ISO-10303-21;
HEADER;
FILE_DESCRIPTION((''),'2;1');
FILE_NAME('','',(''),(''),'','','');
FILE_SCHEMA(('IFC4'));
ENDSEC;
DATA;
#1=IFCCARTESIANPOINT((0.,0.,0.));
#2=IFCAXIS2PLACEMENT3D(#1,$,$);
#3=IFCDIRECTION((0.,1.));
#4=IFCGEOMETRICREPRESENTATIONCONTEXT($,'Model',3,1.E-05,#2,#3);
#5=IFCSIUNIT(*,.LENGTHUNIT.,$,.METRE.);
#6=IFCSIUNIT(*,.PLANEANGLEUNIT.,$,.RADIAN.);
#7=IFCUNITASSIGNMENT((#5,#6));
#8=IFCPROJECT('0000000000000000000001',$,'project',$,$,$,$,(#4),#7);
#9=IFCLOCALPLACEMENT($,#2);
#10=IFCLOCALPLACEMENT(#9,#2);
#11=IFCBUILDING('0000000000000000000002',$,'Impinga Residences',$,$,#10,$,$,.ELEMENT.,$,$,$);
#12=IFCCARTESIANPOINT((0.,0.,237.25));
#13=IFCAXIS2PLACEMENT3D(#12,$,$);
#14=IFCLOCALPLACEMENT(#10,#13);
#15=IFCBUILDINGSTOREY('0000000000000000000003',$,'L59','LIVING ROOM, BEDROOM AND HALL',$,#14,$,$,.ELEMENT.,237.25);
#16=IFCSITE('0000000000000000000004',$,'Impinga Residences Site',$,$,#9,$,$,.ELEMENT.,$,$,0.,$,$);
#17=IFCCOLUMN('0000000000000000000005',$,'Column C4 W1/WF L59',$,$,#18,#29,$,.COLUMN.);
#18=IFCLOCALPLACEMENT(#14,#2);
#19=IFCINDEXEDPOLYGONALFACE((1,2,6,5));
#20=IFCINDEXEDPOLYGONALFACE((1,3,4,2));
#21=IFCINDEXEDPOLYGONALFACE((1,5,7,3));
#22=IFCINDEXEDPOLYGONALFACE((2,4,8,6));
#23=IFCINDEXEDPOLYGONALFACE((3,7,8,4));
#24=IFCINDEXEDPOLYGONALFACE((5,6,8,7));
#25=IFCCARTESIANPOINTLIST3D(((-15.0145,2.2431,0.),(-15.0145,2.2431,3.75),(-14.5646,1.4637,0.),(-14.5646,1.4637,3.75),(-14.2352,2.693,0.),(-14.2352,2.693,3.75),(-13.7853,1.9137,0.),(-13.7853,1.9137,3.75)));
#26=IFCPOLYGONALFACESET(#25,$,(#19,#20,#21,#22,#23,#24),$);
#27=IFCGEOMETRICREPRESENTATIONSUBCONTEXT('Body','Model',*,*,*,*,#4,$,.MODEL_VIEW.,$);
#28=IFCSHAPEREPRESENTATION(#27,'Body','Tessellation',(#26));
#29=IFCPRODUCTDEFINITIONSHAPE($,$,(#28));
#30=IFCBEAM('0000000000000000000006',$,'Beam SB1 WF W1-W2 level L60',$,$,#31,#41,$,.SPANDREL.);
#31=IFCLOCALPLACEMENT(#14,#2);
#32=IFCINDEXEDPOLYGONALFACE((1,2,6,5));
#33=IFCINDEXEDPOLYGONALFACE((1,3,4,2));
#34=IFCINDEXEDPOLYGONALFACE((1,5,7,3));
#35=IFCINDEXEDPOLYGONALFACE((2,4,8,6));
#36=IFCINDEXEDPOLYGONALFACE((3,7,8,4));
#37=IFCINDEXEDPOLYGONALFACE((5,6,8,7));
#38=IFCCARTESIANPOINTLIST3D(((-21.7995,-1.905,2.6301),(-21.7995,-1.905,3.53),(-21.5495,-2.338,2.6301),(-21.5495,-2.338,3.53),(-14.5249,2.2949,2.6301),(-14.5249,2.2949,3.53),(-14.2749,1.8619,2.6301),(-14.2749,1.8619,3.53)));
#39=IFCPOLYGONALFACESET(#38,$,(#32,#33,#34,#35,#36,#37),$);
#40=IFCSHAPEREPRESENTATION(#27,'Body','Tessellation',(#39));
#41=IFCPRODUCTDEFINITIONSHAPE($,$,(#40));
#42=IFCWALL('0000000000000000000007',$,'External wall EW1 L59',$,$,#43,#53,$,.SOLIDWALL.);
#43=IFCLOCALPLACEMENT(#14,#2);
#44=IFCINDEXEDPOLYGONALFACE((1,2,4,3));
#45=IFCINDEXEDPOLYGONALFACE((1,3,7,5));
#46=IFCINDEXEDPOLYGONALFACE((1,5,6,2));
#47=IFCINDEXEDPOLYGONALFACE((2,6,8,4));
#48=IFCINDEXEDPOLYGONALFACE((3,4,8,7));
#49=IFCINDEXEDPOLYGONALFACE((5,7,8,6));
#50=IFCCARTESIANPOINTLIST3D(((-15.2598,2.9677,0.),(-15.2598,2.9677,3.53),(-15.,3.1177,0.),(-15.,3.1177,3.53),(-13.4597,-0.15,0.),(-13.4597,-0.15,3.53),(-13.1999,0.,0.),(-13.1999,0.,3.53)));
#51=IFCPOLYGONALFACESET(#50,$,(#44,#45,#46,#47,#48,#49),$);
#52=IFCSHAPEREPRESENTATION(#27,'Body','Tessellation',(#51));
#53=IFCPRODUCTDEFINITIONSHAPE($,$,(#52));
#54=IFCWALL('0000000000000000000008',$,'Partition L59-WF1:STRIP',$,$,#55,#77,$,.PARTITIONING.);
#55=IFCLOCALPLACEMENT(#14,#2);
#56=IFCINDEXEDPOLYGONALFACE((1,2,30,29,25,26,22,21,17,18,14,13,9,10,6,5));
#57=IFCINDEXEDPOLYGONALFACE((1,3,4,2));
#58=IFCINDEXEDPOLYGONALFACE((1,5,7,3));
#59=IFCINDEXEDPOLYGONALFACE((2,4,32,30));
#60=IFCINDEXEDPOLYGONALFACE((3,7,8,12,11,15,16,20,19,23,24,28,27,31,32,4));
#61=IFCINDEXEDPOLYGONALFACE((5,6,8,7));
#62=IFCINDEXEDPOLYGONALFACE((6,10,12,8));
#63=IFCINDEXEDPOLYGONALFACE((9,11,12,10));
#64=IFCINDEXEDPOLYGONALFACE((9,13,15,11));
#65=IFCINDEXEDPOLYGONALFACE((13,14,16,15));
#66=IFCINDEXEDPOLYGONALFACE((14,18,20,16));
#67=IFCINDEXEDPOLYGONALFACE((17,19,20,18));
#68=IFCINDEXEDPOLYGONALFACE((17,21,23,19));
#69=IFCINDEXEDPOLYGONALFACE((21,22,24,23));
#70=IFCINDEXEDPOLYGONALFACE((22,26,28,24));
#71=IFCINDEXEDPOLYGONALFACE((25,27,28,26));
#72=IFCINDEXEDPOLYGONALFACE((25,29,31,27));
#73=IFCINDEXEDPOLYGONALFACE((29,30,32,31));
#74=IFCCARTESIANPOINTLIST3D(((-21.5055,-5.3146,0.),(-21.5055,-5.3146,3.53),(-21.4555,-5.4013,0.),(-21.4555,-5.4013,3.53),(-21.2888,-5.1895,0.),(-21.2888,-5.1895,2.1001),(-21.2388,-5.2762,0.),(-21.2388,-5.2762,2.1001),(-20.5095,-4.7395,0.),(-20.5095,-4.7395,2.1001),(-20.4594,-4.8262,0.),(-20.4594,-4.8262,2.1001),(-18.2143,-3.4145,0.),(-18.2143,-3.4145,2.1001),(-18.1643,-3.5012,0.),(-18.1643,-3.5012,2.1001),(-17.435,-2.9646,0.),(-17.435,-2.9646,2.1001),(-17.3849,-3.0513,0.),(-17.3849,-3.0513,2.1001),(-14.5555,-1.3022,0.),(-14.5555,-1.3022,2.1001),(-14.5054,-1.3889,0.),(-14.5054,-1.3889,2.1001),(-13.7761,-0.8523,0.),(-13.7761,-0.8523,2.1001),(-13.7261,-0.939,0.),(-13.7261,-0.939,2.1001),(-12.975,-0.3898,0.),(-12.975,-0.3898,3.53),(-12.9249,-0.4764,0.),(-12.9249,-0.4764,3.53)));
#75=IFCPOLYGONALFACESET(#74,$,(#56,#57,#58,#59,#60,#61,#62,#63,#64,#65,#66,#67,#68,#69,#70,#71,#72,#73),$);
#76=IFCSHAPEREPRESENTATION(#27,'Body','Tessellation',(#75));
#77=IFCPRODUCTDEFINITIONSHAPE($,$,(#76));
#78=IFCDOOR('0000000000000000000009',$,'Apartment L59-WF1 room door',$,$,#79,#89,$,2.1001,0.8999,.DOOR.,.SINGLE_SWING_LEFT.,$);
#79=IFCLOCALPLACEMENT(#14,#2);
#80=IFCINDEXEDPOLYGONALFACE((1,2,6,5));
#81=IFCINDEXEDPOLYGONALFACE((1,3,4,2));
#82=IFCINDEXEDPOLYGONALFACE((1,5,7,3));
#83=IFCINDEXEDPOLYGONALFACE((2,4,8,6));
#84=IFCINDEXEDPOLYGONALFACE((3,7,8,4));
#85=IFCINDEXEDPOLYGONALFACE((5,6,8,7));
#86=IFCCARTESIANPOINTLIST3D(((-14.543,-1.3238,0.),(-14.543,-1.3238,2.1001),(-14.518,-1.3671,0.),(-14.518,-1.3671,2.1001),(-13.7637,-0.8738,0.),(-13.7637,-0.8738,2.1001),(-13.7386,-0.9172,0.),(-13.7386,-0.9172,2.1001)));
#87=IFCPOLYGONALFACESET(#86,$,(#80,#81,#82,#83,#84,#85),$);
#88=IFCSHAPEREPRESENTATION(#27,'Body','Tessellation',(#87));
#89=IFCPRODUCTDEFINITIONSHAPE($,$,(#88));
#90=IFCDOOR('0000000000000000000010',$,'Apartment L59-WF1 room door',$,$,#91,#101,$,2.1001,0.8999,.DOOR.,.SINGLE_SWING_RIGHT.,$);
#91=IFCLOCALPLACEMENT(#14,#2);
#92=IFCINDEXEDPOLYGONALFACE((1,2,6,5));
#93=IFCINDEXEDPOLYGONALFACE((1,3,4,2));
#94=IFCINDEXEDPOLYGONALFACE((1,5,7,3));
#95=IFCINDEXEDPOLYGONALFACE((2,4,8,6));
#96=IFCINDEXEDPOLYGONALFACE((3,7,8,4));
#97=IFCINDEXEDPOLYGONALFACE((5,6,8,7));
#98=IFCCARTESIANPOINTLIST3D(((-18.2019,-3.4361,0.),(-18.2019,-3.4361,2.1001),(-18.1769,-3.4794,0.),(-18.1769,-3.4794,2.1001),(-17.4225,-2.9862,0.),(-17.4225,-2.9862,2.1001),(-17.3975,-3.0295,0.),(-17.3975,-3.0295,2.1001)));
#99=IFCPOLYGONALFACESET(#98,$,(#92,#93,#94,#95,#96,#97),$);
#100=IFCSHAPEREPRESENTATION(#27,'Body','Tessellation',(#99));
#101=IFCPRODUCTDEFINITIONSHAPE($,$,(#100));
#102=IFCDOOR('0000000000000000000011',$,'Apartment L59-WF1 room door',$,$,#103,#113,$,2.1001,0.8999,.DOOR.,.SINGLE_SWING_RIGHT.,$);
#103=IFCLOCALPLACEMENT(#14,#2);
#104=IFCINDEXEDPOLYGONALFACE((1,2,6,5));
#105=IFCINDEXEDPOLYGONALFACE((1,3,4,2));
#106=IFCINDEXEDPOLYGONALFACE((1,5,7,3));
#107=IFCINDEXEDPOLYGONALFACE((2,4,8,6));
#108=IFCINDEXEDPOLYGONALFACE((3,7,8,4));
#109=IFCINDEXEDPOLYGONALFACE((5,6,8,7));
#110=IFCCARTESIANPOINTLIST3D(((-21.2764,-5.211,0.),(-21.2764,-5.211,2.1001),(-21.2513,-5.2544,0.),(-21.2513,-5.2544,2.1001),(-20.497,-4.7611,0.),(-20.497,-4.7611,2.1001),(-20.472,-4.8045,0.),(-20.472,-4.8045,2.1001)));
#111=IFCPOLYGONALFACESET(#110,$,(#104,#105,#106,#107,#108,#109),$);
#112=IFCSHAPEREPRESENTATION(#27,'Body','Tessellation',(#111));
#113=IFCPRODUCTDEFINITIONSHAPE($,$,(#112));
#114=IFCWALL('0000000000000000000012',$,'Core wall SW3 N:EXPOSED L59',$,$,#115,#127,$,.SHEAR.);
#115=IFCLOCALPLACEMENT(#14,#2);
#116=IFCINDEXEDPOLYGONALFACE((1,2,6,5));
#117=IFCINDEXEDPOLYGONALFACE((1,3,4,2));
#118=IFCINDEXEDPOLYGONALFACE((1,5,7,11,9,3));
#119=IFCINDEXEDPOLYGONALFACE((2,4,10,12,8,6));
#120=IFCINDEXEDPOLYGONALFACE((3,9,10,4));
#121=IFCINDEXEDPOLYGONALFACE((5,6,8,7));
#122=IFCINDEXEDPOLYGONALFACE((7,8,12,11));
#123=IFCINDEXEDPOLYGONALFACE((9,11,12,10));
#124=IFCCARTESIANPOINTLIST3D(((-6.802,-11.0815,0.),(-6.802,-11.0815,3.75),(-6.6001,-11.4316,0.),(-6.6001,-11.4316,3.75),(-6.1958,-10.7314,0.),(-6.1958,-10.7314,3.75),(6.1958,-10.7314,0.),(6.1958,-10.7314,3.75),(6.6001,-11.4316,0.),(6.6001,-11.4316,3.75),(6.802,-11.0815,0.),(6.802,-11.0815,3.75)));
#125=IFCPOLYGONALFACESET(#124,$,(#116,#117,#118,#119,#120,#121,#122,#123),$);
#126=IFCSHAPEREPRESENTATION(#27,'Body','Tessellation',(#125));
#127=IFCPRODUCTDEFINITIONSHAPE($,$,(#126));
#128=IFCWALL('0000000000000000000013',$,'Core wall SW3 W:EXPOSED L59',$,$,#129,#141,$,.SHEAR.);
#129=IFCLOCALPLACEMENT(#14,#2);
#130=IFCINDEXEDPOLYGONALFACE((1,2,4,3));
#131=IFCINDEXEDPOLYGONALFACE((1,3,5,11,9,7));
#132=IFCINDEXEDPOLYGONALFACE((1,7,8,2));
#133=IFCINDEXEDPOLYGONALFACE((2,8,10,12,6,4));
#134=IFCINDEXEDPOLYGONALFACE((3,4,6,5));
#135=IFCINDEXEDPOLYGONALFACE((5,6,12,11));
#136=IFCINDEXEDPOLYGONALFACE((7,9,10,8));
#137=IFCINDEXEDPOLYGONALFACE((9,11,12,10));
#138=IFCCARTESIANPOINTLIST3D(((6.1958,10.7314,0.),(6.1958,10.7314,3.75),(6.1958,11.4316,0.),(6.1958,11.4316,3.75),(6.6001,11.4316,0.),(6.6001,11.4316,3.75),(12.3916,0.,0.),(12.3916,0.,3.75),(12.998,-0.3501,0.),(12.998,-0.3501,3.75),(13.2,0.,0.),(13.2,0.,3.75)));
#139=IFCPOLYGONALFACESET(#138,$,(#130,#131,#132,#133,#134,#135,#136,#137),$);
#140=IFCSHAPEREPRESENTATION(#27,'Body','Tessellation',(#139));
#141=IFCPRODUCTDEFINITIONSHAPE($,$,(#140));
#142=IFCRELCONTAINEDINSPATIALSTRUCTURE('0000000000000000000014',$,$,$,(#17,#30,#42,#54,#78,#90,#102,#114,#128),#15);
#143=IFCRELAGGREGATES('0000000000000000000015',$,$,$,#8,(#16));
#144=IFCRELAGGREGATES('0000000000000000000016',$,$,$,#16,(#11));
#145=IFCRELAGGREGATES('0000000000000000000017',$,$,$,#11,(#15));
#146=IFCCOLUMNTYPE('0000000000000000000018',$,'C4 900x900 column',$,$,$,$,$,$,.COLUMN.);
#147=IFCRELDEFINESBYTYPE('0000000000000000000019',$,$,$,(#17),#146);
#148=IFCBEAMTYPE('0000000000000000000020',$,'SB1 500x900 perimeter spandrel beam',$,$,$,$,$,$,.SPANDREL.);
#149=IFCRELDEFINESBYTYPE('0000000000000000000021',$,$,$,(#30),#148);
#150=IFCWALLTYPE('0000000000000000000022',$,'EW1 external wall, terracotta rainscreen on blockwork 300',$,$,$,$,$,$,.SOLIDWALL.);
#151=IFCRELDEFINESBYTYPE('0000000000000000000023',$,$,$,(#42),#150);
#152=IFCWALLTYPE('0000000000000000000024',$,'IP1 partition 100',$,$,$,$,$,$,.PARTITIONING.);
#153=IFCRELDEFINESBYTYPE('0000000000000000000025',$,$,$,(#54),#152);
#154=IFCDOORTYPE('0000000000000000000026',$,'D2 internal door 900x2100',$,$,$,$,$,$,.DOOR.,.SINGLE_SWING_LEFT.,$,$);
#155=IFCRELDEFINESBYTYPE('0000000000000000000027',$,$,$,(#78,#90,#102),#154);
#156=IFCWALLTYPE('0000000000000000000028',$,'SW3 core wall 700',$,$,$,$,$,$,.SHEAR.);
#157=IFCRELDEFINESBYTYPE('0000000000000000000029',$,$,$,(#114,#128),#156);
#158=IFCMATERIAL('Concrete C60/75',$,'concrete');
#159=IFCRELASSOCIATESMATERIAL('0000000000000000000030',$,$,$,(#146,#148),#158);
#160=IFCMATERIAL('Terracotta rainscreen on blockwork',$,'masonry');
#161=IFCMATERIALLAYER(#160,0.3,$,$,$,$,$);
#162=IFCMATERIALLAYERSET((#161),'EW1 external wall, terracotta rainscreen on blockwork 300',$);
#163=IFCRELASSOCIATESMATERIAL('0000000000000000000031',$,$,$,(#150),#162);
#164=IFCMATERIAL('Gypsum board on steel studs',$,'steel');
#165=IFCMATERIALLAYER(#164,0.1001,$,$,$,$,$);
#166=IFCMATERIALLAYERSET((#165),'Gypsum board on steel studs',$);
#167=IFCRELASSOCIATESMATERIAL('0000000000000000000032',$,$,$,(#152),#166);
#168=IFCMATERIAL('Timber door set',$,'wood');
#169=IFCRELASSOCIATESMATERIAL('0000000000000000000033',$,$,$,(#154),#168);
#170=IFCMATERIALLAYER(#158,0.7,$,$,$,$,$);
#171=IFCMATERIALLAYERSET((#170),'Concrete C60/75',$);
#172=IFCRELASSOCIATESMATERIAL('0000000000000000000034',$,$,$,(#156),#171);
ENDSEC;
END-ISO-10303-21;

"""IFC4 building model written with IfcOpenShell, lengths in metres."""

from ifc_helpers import new_model, si_unit, direction, frame, frame_2d, origin, origin_2d, place, context, subcontext, project, spatial, polyline, rectangle, outline, extrude, material, layer, layer_set, material_profile, profile_set, type_object, element, fill, save


model = new_model("IFC4")

# Units and contexts
model_context = context("Model", 3, precision=1e-05, world=origin(), true_north=direction((0.0, 1.0)))
body_context = subcontext(model_context, "Body", "Model", "MODEL_VIEW")
ifc_project = project(units=[si_unit("LENGTHUNIT", "METRE"), si_unit("PLANEANGLEUNIT", "RADIAN")], contexts=[model_context])

# Site, building, storey
site_placement = place(None, origin())
site = spatial("IfcSite", under=ifc_project, at=site_placement, Name="Impinga Residences Site", CompositionType="ELEMENT", RefElevation=0.0)
building_placement = place(site_placement, origin())
building = spatial("IfcBuilding", under=site, at=building_placement, Name="Impinga Residences", CompositionType="ELEMENT")
storey_placement = place(building_placement, frame((0.0, 0.0, 237.25)))
storey = spatial("IfcBuildingStorey", under=building, at=storey_placement, Name="L59", Description="LIVING ROOM, BEDROOM AND HALL", CompositionType="ELEMENT", Elevation=237.25)

# Column
ifc_material_1 = material(Name="Concrete C60/75", Category="concrete")
ifc_material_profile_1 = material_profile(ifc_material_1, rectangle(XDim=0.8999, YDim=0.8999, at=origin_2d()), Name="RC 900x900")
ifc_profile_set_1 = profile_set([ifc_material_profile_1], Name="Concrete C60/75")
column_type = type_object("IfcColumnType", Name="C4 900x900 column", PredefinedType="COLUMN", material=ifc_profile_set_1)
column_placement = place(storey_placement, frame((-14.3999, 2.0784, 0.0), z_axis=(0.0, 0.0, 1.0), x_axis=(-0.5, 0.866025, 0.0)))
element("IfcColumn", 1, at=column_placement, inside=storey, type_object=column_type, Name="Column C4 W1/WF L59", PredefinedType="COLUMN", context=body_context, shape_type="SweptSolid", body=[
    extrude(rectangle(XDim=0.8999, YDim=0.8999, at=origin_2d()), origin(), (0.0, 0.0, 1.0), 3.75),
])

# Beam
ifc_material_profile_2 = material_profile(ifc_material_1, rectangle(XDim=0.5, YDim=0.8999, at=origin_2d()), Name="RC 500x900")
ifc_profile_set_2 = profile_set([ifc_material_profile_2], Name="Concrete C60/75")
beam_type = type_object("IfcBeamType", Name="SB1 500x900 perimeter spandrel beam", PredefinedType="SPANDREL", material=ifc_profile_set_2)
beam_placement = place(storey_placement, frame((-14.3999, 2.0784, 3.0801), z_axis=(-0.866029, -0.499993, 0.0), x_axis=(0.499993, -0.866029, 0.0)))
element("IfcBeam", 2, at=beam_placement, inside=storey, type_object=beam_type, Name="Beam SB1 WF W1-W2 level L60", PredefinedType="SPANDREL", context=body_context, shape_type="SweptSolid", body=[
    extrude(rectangle(XDim=0.5, YDim=0.8999, at=origin_2d()), origin(), (0.0, 0.0, 1.0), 8.3999),
])

# Wall
ifc_material_2 = material(Name="Terracotta rainscreen on blockwork", Category="masonry")
ifc_layer_1 = layer(ifc_material_2, 0.3)
ifc_layer_set_1 = layer_set([ifc_layer_1], Name="EW1 external wall, terracotta rainscreen on blockwork 300")
wall_type_1 = type_object("IfcWallType", Name="EW1 external wall, terracotta rainscreen on blockwork 300", PredefinedType="SOLIDWALL", material=ifc_layer_set_1)
wall_1_placement = place(storey_placement, frame((-15.1299, 3.0427, 0.0), z_axis=(0.0, 0.0, 1.0), x_axis=(0.500012, -0.866018, 0.0)))
element("IfcWall", 3, at=wall_1_placement, inside=storey, type_object=wall_type_1, Name="External wall EW1 L59", PredefinedType="SOLIDWALL", context=body_context, shape_type="SweptSolid", body=[
    extrude(rectangle(XDim=3.6001, YDim=0.3, at=frame_2d((1.8, 0.0))), origin(), (0.0, 0.0, 1.0), 3.53),
])

# Wall, openings, doors
ifc_material_3 = material(Name="Gypsum board on steel studs", Category="steel")
ifc_layer_2 = layer(ifc_material_3, 0.1001)
ifc_layer_set_2 = layer_set([ifc_layer_2], Name="Gypsum board on steel studs")
wall_type_2 = type_object("IfcWallType", Name="IP1 partition 100", PredefinedType="PARTITIONING", material=ifc_layer_set_2)
wall_2_placement = place(storey_placement, frame((-12.95, -0.4331, 0.0), z_axis=(0.0, 0.0, 1.0), x_axis=(-0.866038, -0.499978, 0.0)))
wall_2 = element("IfcWall", 4, at=wall_2_placement, inside=storey, type_object=wall_type_2, Name="Partition L59-WF1:STRIP", PredefinedType="PARTITIONING", context=body_context, shape_type="SweptSolid", body=[
    extrude(rectangle(XDim=9.8501, YDim=0.1001, at=frame_2d((4.925, 0.0))), origin(), (0.0, 0.0, 1.0), 3.53),
])
opening_1_placement = place(wall_2_placement, frame((0.925, 0.0, 0.0)))
opening_1 = element("IfcOpeningElement", 5, at=opening_1_placement, cuts=wall_2, PredefinedType="OPENING", context=body_context, shape_type="SweptSolid", body=[
    extrude(rectangle(XDim=0.8999, YDim=2.1001, at=frame_2d((0.45, 1.05))), frame((0.0, 0.0601, 0.0), z_axis=(0.0, -1.0, 0.0), x_axis=(1.0, 0.0, 0.0)), (0.0, 0.0, 1.0), 0.1201),
])
opening_2_placement = place(wall_2_placement, frame((5.1499, 0.0, 0.0)))
opening_2 = element("IfcOpeningElement", 6, at=opening_2_placement, cuts=wall_2, PredefinedType="OPENING", context=body_context, shape_type="SweptSolid", body=[
    extrude(rectangle(XDim=0.8999, YDim=2.1001, at=frame_2d((0.45, 1.05))), frame((0.0, 0.0601, 0.0), z_axis=(0.0, -1.0, 0.0), x_axis=(1.0, 0.0, 0.0)), (0.0, 0.0, 1.0), 0.1201),
])
opening_3_placement = place(wall_2_placement, frame((8.7, 0.0, 0.0)))
opening_3 = element("IfcOpeningElement", 7, at=opening_3_placement, cuts=wall_2, PredefinedType="OPENING", context=body_context, shape_type="SweptSolid", body=[
    extrude(rectangle(XDim=0.8999, YDim=2.1001, at=frame_2d((0.45, 1.05))), frame((0.0, 0.0601, 0.0), z_axis=(0.0, -1.0, 0.0), x_axis=(1.0, 0.0, 0.0)), (0.0, 0.0, 1.0), 0.1201),
])
ifc_material_4 = material(Name="Timber door set", Category="wood")
door_type_1 = type_object("IfcDoorType", Name="D2 internal door 900x2100", OperationType="SINGLE_SWING_LEFT", PredefinedType="DOOR", material=ifc_material_4)
door_1_placement = place(opening_1_placement, origin())
door_1 = element("IfcDoor", 8, at=door_1_placement, inside=storey, type_object=door_type_1, Name="Apartment L59-WF1 room door", OperationType="SINGLE_SWING_LEFT", OverallHeight=2.1001, OverallWidth=0.8999, PredefinedType="DOOR", context=body_context, shape_type="SweptSolid", body=[
    extrude(rectangle(XDim=0.8999, YDim=2.1001, at=frame_2d((0.45, 1.05))), frame((0.0, 0.0249, 0.0), z_axis=(0.0, -1.0, 0.0), x_axis=(1.0, 0.0, 0.0)), (0.0, 0.0, 1.0), 0.05),
])
fill(opening_1, door_1)
door_2_placement = place(opening_2_placement, origin())
door_2 = element("IfcDoor", 9, at=door_2_placement, inside=storey, type_object=door_type_1, Name="Apartment L59-WF1 room door", OperationType="SINGLE_SWING_RIGHT", OverallHeight=2.1001, OverallWidth=0.8999, PredefinedType="DOOR", context=body_context, shape_type="SweptSolid", body=[
    extrude(rectangle(XDim=0.8999, YDim=2.1001, at=frame_2d((0.45, 1.05))), frame((0.0, 0.0249, 0.0), z_axis=(0.0, -1.0, 0.0), x_axis=(1.0, 0.0, 0.0)), (0.0, 0.0, 1.0), 0.05),
])
fill(opening_2, door_2)
door_3_placement = place(opening_3_placement, origin())
door_3 = element("IfcDoor", 10, at=door_3_placement, inside=storey, type_object=door_type_1, Name="Apartment L59-WF1 room door", OperationType="SINGLE_SWING_RIGHT", OverallHeight=2.1001, OverallWidth=0.8999, PredefinedType="DOOR", context=body_context, shape_type="SweptSolid", body=[
    extrude(rectangle(XDim=0.8999, YDim=2.1001, at=frame_2d((0.45, 1.05))), frame((0.0, 0.0249, 0.0), z_axis=(0.0, -1.0, 0.0), x_axis=(1.0, 0.0, 0.0)), (0.0, 0.0, 1.0), 0.05),
])
fill(opening_3, door_3)

# Walls
ifc_layer_3 = layer(ifc_material_1, 0.7)
ifc_layer_set_3 = layer_set([ifc_layer_3], Name="Concrete C60/75")
wall_type_3 = type_object("IfcWallType", Name="SW3 core wall 700", PredefinedType="SHEAR", material=ifc_layer_set_3)
wall_3_placement = place(storey_placement, origin())
element("IfcWall", 11, at=wall_3_placement, inside=storey, type_object=wall_type_3, Name="Core wall SW3 N:EXPOSED L59", PredefinedType="SHEAR", context=body_context, shape_type="SweptSolid", body=[
    extrude(outline(polyline([(-6.6001, -11.4316), (6.6001, -11.4316), (6.802, -11.0815), (6.1958, -10.7314), (-6.1958, -10.7314), (-6.802, -11.0815), (-6.6001, -11.4316)])), origin(), (0.0, 0.0, 1.0), 3.75),
])
wall_4_placement = place(storey_placement, origin())
element("IfcWall", 12, at=wall_4_placement, inside=storey, type_object=wall_type_3, Name="Core wall SW3 W:EXPOSED L59", PredefinedType="SHEAR", context=body_context, shape_type="SweptSolid", body=[
    extrude(outline(polyline([(13.2, 0.0), (6.6001, 11.4316), (6.1958, 11.4316), (6.1958, 10.7314), (12.3916, 0.0), (12.998, -0.3501), (13.2, 0.0)])), origin(), (0.0, 0.0, 1.0), 3.75),
])

save(model, "model.ifc")
